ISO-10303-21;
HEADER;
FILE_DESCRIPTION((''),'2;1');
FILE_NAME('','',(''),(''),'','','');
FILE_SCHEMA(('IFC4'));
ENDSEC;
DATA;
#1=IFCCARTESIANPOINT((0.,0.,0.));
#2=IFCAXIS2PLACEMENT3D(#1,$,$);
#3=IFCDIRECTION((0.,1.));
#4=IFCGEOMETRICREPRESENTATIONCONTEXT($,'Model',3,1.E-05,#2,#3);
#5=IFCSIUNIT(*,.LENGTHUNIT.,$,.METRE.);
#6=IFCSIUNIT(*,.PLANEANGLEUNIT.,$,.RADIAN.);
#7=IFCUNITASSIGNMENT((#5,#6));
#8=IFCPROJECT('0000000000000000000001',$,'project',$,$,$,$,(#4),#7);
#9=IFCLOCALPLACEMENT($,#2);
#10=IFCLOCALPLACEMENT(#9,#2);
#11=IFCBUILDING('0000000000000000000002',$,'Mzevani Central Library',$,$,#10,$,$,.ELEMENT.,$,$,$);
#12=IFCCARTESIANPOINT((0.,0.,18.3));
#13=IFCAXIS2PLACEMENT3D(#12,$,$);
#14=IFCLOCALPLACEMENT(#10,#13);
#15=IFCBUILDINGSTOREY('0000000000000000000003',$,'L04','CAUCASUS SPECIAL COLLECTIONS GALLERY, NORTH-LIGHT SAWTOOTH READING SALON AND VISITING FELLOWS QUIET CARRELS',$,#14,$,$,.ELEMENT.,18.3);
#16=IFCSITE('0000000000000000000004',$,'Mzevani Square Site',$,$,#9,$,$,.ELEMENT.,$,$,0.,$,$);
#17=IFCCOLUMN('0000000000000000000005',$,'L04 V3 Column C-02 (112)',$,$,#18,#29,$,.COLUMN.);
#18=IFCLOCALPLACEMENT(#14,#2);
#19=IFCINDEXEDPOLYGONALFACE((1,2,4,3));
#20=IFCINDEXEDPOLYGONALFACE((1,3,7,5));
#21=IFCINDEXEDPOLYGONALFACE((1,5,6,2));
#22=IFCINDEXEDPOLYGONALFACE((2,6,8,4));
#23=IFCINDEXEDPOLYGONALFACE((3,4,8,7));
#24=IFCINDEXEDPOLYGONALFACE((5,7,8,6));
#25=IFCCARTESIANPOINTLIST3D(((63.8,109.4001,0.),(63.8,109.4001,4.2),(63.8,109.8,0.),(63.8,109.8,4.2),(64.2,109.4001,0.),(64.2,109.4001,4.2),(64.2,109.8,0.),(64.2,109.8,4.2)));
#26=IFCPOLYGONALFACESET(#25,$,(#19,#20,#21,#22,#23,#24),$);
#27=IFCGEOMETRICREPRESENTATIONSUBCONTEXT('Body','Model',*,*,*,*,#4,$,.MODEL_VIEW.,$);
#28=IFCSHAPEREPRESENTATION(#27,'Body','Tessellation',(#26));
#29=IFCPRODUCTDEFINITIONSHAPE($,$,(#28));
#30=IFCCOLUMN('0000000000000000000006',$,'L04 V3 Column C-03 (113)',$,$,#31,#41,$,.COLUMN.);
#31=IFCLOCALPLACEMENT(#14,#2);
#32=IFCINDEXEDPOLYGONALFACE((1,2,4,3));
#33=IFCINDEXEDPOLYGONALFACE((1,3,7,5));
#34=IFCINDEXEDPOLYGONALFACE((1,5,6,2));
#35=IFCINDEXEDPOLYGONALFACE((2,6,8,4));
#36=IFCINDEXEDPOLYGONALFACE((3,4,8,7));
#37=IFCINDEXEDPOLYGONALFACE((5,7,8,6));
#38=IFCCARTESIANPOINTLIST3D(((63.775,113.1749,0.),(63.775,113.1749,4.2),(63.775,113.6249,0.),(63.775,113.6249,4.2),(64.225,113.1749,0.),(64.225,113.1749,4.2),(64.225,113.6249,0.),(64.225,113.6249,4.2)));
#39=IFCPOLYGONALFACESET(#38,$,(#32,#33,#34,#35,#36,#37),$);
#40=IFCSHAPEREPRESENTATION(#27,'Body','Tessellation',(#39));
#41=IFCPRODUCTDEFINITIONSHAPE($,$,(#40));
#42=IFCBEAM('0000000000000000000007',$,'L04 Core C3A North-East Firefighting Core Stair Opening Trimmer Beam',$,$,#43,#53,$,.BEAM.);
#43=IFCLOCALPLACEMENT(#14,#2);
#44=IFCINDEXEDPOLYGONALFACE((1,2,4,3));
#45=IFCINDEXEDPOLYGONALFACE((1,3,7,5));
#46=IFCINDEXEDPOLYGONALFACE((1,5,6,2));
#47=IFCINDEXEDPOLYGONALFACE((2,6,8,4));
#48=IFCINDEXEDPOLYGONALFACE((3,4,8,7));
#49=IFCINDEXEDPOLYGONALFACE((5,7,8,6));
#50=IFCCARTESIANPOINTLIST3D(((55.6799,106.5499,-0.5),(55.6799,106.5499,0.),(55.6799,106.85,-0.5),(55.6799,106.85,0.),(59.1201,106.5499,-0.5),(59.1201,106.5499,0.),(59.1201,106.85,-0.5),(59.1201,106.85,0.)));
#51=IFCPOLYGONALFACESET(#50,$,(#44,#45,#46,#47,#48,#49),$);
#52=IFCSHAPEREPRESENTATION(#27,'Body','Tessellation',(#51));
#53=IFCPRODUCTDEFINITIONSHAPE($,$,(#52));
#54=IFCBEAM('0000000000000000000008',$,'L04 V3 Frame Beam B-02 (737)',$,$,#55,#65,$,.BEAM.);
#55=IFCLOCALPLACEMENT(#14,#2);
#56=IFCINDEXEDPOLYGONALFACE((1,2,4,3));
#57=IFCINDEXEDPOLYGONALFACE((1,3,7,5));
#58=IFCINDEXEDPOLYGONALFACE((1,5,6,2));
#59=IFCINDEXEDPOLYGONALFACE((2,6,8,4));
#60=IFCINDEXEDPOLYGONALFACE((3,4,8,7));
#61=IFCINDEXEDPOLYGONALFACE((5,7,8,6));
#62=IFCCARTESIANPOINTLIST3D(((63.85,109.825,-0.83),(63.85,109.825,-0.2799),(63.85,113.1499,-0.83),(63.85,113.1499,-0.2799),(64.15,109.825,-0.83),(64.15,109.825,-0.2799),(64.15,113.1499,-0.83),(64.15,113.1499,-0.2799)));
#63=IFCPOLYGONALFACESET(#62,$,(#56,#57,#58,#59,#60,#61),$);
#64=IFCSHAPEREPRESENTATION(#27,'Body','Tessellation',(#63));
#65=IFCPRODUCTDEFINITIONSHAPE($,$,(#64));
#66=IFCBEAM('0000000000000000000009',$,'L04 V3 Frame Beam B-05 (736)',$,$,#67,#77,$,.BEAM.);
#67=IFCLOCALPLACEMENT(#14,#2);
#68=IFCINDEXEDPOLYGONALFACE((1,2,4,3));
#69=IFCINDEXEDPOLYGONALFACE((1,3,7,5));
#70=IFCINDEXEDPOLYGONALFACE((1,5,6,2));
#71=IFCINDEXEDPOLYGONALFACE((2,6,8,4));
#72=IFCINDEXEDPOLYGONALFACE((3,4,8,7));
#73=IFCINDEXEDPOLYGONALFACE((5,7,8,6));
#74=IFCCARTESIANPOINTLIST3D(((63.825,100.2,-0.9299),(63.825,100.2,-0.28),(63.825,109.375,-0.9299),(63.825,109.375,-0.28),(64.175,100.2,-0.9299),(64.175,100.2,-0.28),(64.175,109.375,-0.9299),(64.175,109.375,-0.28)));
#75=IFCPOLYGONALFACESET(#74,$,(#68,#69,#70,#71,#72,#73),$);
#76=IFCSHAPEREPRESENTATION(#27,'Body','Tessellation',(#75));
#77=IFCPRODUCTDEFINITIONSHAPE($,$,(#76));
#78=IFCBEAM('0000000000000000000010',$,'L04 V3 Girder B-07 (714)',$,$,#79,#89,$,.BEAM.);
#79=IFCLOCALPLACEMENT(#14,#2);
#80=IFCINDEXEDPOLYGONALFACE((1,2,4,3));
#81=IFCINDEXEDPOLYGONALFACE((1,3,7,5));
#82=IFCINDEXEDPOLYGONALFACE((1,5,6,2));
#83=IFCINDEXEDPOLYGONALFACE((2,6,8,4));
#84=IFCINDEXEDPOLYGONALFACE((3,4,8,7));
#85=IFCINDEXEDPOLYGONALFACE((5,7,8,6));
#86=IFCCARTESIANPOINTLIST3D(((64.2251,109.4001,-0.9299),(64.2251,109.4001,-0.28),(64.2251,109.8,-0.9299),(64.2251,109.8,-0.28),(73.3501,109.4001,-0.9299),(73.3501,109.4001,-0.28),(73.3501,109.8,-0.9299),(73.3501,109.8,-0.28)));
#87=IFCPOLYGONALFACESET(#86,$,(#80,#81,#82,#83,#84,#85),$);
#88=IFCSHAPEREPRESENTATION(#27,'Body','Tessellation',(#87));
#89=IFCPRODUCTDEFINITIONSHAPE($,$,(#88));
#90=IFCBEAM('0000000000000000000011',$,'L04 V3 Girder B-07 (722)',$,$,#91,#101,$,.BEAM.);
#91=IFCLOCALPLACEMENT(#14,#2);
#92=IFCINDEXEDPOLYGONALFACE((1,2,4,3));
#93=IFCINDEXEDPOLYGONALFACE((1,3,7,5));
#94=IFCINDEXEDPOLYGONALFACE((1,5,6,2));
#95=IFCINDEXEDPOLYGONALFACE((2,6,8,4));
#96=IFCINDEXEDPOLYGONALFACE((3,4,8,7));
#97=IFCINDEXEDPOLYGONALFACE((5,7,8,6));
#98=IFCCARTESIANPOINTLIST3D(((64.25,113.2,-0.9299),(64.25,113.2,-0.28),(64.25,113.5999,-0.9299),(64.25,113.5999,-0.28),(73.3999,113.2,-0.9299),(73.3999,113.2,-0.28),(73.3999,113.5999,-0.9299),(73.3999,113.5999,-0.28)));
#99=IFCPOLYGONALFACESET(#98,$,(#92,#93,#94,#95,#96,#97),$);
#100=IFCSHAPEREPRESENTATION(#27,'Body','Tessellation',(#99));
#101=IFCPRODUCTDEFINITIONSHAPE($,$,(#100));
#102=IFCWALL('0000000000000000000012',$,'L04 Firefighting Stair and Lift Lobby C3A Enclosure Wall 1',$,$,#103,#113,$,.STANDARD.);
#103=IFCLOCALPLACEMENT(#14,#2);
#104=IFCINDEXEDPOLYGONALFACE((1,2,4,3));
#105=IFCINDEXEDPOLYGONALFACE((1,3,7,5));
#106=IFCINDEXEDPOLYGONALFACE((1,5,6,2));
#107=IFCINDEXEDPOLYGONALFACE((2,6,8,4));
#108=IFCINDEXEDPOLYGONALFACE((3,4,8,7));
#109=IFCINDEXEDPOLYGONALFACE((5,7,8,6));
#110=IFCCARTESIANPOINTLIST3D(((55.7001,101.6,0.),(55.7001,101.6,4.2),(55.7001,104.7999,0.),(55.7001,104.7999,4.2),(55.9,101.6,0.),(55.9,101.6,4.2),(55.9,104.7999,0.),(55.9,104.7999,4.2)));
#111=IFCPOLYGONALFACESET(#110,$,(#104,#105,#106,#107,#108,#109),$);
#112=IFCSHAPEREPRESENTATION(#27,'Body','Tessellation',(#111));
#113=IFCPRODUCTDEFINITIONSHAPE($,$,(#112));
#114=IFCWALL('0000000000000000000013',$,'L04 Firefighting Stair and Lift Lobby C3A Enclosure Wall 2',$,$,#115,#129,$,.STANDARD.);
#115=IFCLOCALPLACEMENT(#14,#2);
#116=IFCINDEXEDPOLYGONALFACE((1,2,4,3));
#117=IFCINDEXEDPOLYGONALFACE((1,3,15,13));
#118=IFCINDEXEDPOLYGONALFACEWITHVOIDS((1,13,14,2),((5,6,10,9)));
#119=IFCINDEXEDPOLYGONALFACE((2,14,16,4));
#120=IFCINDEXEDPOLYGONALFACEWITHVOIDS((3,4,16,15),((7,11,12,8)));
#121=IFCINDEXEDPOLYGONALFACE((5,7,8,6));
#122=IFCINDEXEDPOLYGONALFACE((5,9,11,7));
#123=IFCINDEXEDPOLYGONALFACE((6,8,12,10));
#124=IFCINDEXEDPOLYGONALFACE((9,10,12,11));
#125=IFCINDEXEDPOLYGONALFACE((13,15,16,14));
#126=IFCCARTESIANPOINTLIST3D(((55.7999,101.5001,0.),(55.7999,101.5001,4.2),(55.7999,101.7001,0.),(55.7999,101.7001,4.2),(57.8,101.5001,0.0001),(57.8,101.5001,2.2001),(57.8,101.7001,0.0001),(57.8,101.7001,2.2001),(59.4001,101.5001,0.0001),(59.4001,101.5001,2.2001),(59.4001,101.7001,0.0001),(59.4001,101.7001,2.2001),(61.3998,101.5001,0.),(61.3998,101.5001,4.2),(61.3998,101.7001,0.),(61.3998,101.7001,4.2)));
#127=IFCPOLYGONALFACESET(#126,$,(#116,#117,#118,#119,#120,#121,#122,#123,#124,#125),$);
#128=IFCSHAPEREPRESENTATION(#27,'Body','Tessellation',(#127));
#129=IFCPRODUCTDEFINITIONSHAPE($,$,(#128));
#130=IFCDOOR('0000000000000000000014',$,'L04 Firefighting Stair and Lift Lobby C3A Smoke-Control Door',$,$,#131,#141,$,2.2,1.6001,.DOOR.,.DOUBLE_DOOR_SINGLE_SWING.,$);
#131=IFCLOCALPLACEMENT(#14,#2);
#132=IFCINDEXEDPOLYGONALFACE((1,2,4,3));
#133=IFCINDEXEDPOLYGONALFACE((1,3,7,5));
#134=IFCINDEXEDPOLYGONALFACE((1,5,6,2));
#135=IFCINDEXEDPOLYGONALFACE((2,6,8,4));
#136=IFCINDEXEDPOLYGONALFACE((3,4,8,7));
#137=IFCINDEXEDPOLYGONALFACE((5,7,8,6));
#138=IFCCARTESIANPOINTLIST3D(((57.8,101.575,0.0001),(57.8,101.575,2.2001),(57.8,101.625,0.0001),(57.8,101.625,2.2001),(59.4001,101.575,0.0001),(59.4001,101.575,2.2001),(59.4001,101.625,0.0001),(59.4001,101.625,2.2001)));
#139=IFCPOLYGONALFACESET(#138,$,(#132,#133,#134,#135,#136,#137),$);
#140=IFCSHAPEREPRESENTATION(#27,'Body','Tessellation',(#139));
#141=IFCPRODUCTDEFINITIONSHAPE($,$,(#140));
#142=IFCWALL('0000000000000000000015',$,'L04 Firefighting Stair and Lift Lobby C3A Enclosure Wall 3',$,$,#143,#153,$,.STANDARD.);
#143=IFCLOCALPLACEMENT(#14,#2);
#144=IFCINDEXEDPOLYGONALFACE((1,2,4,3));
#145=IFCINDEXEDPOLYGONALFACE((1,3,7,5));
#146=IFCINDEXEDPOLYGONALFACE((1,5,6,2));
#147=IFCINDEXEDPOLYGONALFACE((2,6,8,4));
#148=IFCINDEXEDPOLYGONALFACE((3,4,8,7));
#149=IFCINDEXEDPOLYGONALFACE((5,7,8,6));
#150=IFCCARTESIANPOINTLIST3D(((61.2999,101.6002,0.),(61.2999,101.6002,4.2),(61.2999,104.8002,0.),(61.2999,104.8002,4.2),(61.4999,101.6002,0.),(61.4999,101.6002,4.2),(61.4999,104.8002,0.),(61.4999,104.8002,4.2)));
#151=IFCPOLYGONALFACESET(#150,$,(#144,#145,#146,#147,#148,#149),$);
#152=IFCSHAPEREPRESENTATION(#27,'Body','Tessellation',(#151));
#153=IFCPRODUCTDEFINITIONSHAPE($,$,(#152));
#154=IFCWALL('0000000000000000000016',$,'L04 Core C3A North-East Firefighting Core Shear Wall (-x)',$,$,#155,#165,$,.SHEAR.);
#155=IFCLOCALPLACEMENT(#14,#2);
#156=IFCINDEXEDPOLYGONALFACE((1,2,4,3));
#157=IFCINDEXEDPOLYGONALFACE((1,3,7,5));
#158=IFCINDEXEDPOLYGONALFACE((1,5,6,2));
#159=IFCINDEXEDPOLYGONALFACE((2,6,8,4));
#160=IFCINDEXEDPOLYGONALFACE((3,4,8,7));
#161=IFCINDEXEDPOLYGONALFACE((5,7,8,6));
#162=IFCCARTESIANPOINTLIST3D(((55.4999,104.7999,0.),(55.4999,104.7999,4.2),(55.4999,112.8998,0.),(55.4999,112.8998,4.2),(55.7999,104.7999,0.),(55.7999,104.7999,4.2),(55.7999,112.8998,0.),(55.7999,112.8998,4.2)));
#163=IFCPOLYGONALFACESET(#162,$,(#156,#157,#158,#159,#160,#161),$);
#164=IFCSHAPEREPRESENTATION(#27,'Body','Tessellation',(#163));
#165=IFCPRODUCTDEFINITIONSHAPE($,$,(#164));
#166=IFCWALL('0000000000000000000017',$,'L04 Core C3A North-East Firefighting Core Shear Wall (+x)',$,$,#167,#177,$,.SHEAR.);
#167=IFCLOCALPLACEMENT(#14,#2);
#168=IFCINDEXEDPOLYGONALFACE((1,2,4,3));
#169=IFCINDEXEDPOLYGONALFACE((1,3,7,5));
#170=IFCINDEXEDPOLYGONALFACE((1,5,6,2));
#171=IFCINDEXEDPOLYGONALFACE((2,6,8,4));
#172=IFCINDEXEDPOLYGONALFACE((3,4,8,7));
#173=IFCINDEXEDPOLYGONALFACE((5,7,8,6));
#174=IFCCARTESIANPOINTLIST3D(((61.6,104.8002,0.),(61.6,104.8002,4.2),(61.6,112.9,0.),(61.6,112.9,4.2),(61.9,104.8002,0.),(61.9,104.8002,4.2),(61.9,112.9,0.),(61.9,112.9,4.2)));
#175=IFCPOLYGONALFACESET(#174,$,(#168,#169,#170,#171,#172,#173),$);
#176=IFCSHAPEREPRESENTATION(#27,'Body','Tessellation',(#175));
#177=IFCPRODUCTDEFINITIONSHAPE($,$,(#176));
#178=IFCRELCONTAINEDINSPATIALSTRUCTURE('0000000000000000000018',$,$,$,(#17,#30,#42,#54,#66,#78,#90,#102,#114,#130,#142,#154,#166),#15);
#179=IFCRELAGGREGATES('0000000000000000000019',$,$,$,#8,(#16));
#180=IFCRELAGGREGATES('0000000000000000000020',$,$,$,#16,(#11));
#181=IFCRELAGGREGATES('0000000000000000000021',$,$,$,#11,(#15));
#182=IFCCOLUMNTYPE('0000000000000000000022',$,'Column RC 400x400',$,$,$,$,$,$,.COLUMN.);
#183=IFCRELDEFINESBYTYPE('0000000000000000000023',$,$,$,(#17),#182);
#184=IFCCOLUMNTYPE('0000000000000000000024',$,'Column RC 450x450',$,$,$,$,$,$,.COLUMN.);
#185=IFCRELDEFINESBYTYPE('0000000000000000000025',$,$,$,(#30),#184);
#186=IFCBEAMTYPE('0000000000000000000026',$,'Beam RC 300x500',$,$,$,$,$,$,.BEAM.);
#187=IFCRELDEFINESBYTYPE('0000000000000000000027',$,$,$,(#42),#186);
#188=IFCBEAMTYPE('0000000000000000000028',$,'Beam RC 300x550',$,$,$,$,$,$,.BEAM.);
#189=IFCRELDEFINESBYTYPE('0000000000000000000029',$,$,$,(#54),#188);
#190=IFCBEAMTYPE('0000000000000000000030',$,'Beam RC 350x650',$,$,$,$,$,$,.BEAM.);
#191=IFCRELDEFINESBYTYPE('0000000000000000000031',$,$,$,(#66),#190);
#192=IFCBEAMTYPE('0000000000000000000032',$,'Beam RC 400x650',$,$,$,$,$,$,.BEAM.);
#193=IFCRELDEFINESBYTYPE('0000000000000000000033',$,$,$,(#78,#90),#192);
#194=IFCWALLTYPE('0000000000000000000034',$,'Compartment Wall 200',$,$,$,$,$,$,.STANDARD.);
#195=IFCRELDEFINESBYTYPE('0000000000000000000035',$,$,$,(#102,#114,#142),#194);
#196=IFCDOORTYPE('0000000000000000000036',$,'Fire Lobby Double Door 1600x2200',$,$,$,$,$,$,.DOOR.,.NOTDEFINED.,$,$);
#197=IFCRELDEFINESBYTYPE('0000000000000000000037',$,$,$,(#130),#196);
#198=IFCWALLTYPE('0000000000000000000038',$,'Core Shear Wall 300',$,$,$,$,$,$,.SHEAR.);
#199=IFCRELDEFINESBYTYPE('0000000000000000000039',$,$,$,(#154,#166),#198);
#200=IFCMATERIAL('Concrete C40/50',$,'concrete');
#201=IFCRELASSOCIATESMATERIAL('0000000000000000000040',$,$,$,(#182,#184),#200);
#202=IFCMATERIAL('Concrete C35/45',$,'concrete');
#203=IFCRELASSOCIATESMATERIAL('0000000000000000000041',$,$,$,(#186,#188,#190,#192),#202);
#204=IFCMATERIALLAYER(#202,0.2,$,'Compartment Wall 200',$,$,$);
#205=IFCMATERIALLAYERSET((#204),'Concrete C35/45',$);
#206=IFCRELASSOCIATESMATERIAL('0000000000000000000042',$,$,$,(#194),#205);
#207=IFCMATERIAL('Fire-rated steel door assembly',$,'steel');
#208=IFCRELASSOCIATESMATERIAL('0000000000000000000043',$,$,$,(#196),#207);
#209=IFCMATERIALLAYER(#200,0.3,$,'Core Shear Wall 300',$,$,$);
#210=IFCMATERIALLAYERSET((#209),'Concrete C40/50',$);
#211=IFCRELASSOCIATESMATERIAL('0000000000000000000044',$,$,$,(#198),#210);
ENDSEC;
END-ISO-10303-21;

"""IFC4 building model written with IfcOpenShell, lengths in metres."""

from ifc_helpers import new_model, si_unit, direction, frame, frame_2d, origin, origin_2d, place, context, subcontext, project, spatial, rectangle, extrude, material, layer, layer_set, material_profile, profile_set, type_object, element, fill, save


model = new_model("IFC4")

# Units and contexts
model_context = context("Model", 3, precision=1e-05, world=origin(), true_north=direction((0.0, 1.0)))
body_context = subcontext(model_context, "Body", "Model", "MODEL_VIEW")
ifc_project = project(units=[si_unit("LENGTHUNIT", "METRE"), si_unit("PLANEANGLEUNIT", "RADIAN")], contexts=[model_context])

# Site, building, storey
site_placement = place(None, origin())
site = spatial("IfcSite", under=ifc_project, at=site_placement, Name="Mzevani Square Site", CompositionType="ELEMENT", RefElevation=0.0)
building_placement = place(site_placement, origin())
building = spatial("IfcBuilding", under=site, at=building_placement, Name="Mzevani Central Library", CompositionType="ELEMENT")
storey_placement = place(building_placement, frame((0.0, 0.0, 18.3)))
storey = spatial("IfcBuildingStorey", under=building, at=storey_placement, Name="L04", Description="CAUCASUS SPECIAL COLLECTIONS GALLERY, NORTH-LIGHT SAWTOOTH READING SALON AND VISITING FELLOWS QUIET CARRELS", CompositionType="ELEMENT", Elevation=18.3)

# Columns
ifc_material_1 = material(Name="Concrete C40/50", Category="concrete")
ifc_material_profile_1 = material_profile(ifc_material_1, rectangle(XDim=0.3999, YDim=0.3999, at=origin_2d()), Name="RC 400x400")
ifc_profile_set_1 = profile_set([ifc_material_profile_1], Name="Concrete C40/50")
column_type_1 = type_object("IfcColumnType", Name="Column RC 400x400", PredefinedType="COLUMN", material=ifc_profile_set_1)
column_1_placement = place(storey_placement, frame((64.0, 109.6001, 0.0), z_axis=(0.0, 0.0, 1.0), x_axis=(1.0, 0.0, 0.0)))
element("IfcColumn", 1, at=column_1_placement, inside=storey, type_object=column_type_1, Name="L04 V3 Column C-02 (112)", PredefinedType="COLUMN", context=body_context, shape_type="SweptSolid", body=[
    extrude(rectangle(XDim=0.3999, YDim=0.3999, at=origin_2d()), origin(), (0.0, 0.0, 1.0), 4.2),
])
ifc_material_profile_2 = material_profile(ifc_material_1, rectangle(XDim=0.45, YDim=0.45, at=origin_2d()), Name="RC 450x450")
ifc_profile_set_2 = profile_set([ifc_material_profile_2], Name="Concrete C40/50")
column_type_2 = type_object("IfcColumnType", Name="Column RC 450x450", PredefinedType="COLUMN", material=ifc_profile_set_2)
column_2_placement = place(storey_placement, frame((64.0, 113.3999, 0.0), z_axis=(0.0, 0.0, 1.0), x_axis=(1.0, 0.0, 0.0)))
element("IfcColumn", 2, at=column_2_placement, inside=storey, type_object=column_type_2, Name="L04 V3 Column C-03 (113)", PredefinedType="COLUMN", context=body_context, shape_type="SweptSolid", body=[
    extrude(rectangle(XDim=0.45, YDim=0.45, at=origin_2d()), origin(), (0.0, 0.0, 1.0), 4.2),
])

# Beams
ifc_material_2 = material(Name="Concrete C35/45", Category="concrete")
ifc_material_profile_3 = material_profile(ifc_material_2, rectangle(XDim=0.3, YDim=0.5, at=origin_2d()), Name="RC B300x500")
ifc_profile_set_3 = profile_set([ifc_material_profile_3], Name="Concrete C35/45")
beam_type_1 = type_object("IfcBeamType", Name="Beam RC 300x500", PredefinedType="BEAM", material=ifc_profile_set_3)
beam_1_placement = place(storey_placement, frame((55.6799, 106.7, -0.25), z_axis=(1.0, 0.0, 0.0), x_axis=(0.0, 1.0, 0.0)))
element("IfcBeam", 3, at=beam_1_placement, inside=storey, type_object=beam_type_1, Name="L04 Core C3A North-East Firefighting Core Stair Opening Trimmer Beam", PredefinedType="BEAM", context=body_context, shape_type="SweptSolid", body=[
    extrude(rectangle(XDim=0.3, YDim=0.5, at=origin_2d()), origin(), (0.0, 0.0, 1.0), 3.4402),
])
ifc_material_profile_4 = material_profile(ifc_material_2, rectangle(XDim=0.3, YDim=0.55, at=origin_2d()), Name="RC B300x550")
ifc_profile_set_4 = profile_set([ifc_material_profile_4], Name="Concrete C35/45")
beam_type_2 = type_object("IfcBeamType", Name="Beam RC 300x550", PredefinedType="BEAM", material=ifc_profile_set_4)
beam_2_placement = place(storey_placement, frame((64.0, 109.825, -0.5549), z_axis=(0.0, 1.0, 0.0), x_axis=(-1.0, 0.0, 0.0)))
element("IfcBeam", 4, at=beam_2_placement, inside=storey, type_object=beam_type_2, Name="L04 V3 Frame Beam B-02 (737)", PredefinedType="BEAM", context=body_context, shape_type="SweptSolid", body=[
    extrude(rectangle(XDim=0.3, YDim=0.55, at=origin_2d()), origin(), (0.0, 0.0, 1.0), 3.325),
])
ifc_material_profile_5 = material_profile(ifc_material_2, rectangle(XDim=0.3501, YDim=0.6499, at=origin_2d()), Name="RC B350x650")
ifc_profile_set_5 = profile_set([ifc_material_profile_5], Name="Concrete C35/45")
beam_type_3 = type_object("IfcBeamType", Name="Beam RC 350x650", PredefinedType="BEAM", material=ifc_profile_set_5)
beam_3_placement = place(storey_placement, frame((64.0, 100.2, -0.605), z_axis=(0.0, 1.0, 0.0), x_axis=(-1.0, 0.0, 0.0)))
element("IfcBeam", 5, at=beam_3_placement, inside=storey, type_object=beam_type_3, Name="L04 V3 Frame Beam B-05 (736)", PredefinedType="BEAM", context=body_context, shape_type="SweptSolid", body=[
    extrude(rectangle(XDim=0.3501, YDim=0.6499, at=origin_2d()), origin(), (0.0, 0.0, 1.0), 9.175),
])
ifc_material_profile_6 = material_profile(ifc_material_2, rectangle(XDim=0.3999, YDim=0.6499, at=origin_2d()), Name="RC B400x650")
ifc_profile_set_6 = profile_set([ifc_material_profile_6], Name="Concrete C35/45")
beam_type_4 = type_object("IfcBeamType", Name="Beam RC 400x650", PredefinedType="BEAM", material=ifc_profile_set_6)
beam_4_placement = place(storey_placement, frame((64.2251, 109.6001, -0.605), z_axis=(1.0, 0.0, 0.0), x_axis=(0.0, 1.0, 0.0)))
element("IfcBeam", 6, at=beam_4_placement, inside=storey, type_object=beam_type_4, Name="L04 V3 Girder B-07 (714)", PredefinedType="BEAM", context=body_context, shape_type="SweptSolid", body=[
    extrude(rectangle(XDim=0.3999, YDim=0.6499, at=origin_2d()), origin(), (0.0, 0.0, 1.0), 9.125),
])
beam_5_placement = place(storey_placement, frame((64.25, 113.3999, -0.605), z_axis=(1.0, 0.0, 0.0), x_axis=(0.0, 1.0, 0.0)))
element("IfcBeam", 7, at=beam_5_placement, inside=storey, type_object=beam_type_4, Name="L04 V3 Girder B-07 (722)", PredefinedType="BEAM", context=body_context, shape_type="SweptSolid", body=[
    extrude(rectangle(XDim=0.3999, YDim=0.6499, at=origin_2d()), origin(), (0.0, 0.0, 1.0), 9.1499),
])

# Wall
ifc_layer_1 = layer(ifc_material_2, 0.2, Name="Compartment Wall 200")
ifc_layer_set_1 = layer_set([ifc_layer_1], Name="Concrete C35/45")
wall_type_1 = type_object("IfcWallType", Name="Compartment Wall 200", PredefinedType="STANDARD", material=ifc_layer_set_1)
wall_1_placement = place(storey_placement, frame((55.8, 104.8, 0.0), z_axis=(0.0, 0.0, 1.0), x_axis=(0.0, -1.0, 0.0)))
element("IfcWall", 8, at=wall_1_placement, inside=storey, type_object=wall_type_1, Name="L04 Firefighting Stair and Lift Lobby C3A Enclosure Wall 1", PredefinedType="STANDARD", context=body_context, shape_type="SweptSolid", body=[
    extrude(rectangle(XDim=3.2, YDim=0.2, at=frame_2d((1.6001, 0.0))), origin(), (0.0, 0.0, 1.0), 4.2),
])

# Wall, opening, door
wall_2_placement = place(storey_placement, frame((55.8, 101.6001, 0.0), z_axis=(0.0, 0.0, 1.0), x_axis=(1.0, 0.0, 0.0)))
wall_2 = element("IfcWall", 9, at=wall_2_placement, inside=storey, type_object=wall_type_1, Name="L04 Firefighting Stair and Lift Lobby C3A Enclosure Wall 2", PredefinedType="STANDARD", context=body_context, shape_type="SweptSolid", body=[
    extrude(rectangle(XDim=5.5999, YDim=0.2, at=frame_2d((2.7998, 0.0))), origin(), (0.0, 0.0, 1.0), 4.2),
])
opening_1_placement = place(wall_2_placement, frame((2.0, 0.0, 0.0)))
opening_1 = element("IfcOpeningElement", 10, at=opening_1_placement, cuts=wall_2, PredefinedType="OPENING", context=body_context, shape_type="SweptSolid", body=[
    extrude(rectangle(XDim=1.6001, YDim=2.2, at=frame_2d((0.8, 1.1001))), frame((0.0, 0.1099, 0.0), z_axis=(0.0, -1.0, 0.0), x_axis=(1.0, 0.0, 0.0)), (0.0, 0.0, 1.0), 0.22),
])
ifc_material_3 = material(Name="Fire-rated steel door assembly", Category="steel")
door_type_1 = type_object("IfcDoorType", Name="Fire Lobby Double Door 1600x2200", OperationType="NOTDEFINED", PredefinedType="DOOR", material=ifc_material_3)
door_1_placement = place(opening_1_placement, origin())
door_1 = element("IfcDoor", 11, at=door_1_placement, inside=storey, type_object=door_type_1, Name="L04 Firefighting Stair and Lift Lobby C3A Smoke-Control Door", OperationType="DOUBLE_DOOR_SINGLE_SWING", OverallHeight=2.2, OverallWidth=1.6001, PredefinedType="DOOR", context=body_context, shape_type="SweptSolid", body=[
    extrude(rectangle(XDim=1.6001, YDim=2.2, at=frame_2d((0.8, 1.1001))), frame((0.0, 0.0249, 0.0), z_axis=(0.0, -1.0, 0.0), x_axis=(1.0, 0.0, 0.0)), (0.0, 0.0, 1.0), 0.05),
])
fill(opening_1, door_1)

# Wall
wall_3_placement = place(storey_placement, frame((61.3999, 101.6001, 0.0), z_axis=(0.0, 0.0, 1.0), x_axis=(0.0, 1.0, 0.0)))
element("IfcWall", 12, at=wall_3_placement, inside=storey, type_object=wall_type_1, Name="L04 Firefighting Stair and Lift Lobby C3A Enclosure Wall 3", PredefinedType="STANDARD", context=body_context, shape_type="SweptSolid", body=[
    extrude(rectangle(XDim=3.2, YDim=0.2, at=frame_2d((1.6001, 0.0))), origin(), (0.0, 0.0, 1.0), 4.2),
])

# Shared definitions
ifc_layer_2 = layer(ifc_material_1, 0.3, Name="Core Shear Wall 300")
ifc_layer_set_2 = layer_set([ifc_layer_2], Name="Concrete C40/50")
wall_type_2 = type_object("IfcWallType", Name="Core Shear Wall 300", PredefinedType="SHEAR", material=ifc_layer_set_2)

# Walls
for number, where, z_axis, x_axis, name in (
    (13, (55.6499, 104.8, 0.0), (0.0, 0.0, 1.0), (0.0, 1.0, 0.0), "L04 Core C3A North-East Firefighting Core Shear Wall (-x)"),
    (14, (61.75, 112.8999, 0.0), (0.0, 0.0, 1.0), (0.0, -1.0, 0.0), "L04 Core C3A North-East Firefighting Core Shear Wall (+x)"),
):
    element("IfcWall", number, at=place(storey_placement, frame(where, z_axis=z_axis, x_axis=x_axis)), inside=storey, type_object=wall_type_2, Name=name, PredefinedType="SHEAR", context=body_context, shape_type="SweptSolid", body=[
        extrude(rectangle(XDim=8.0999, YDim=0.3, at=frame_2d((4.0498, 0.0))), origin(), (0.0, 0.0, 1.0), 4.2),
    ])

save(model, "model.ifc")
